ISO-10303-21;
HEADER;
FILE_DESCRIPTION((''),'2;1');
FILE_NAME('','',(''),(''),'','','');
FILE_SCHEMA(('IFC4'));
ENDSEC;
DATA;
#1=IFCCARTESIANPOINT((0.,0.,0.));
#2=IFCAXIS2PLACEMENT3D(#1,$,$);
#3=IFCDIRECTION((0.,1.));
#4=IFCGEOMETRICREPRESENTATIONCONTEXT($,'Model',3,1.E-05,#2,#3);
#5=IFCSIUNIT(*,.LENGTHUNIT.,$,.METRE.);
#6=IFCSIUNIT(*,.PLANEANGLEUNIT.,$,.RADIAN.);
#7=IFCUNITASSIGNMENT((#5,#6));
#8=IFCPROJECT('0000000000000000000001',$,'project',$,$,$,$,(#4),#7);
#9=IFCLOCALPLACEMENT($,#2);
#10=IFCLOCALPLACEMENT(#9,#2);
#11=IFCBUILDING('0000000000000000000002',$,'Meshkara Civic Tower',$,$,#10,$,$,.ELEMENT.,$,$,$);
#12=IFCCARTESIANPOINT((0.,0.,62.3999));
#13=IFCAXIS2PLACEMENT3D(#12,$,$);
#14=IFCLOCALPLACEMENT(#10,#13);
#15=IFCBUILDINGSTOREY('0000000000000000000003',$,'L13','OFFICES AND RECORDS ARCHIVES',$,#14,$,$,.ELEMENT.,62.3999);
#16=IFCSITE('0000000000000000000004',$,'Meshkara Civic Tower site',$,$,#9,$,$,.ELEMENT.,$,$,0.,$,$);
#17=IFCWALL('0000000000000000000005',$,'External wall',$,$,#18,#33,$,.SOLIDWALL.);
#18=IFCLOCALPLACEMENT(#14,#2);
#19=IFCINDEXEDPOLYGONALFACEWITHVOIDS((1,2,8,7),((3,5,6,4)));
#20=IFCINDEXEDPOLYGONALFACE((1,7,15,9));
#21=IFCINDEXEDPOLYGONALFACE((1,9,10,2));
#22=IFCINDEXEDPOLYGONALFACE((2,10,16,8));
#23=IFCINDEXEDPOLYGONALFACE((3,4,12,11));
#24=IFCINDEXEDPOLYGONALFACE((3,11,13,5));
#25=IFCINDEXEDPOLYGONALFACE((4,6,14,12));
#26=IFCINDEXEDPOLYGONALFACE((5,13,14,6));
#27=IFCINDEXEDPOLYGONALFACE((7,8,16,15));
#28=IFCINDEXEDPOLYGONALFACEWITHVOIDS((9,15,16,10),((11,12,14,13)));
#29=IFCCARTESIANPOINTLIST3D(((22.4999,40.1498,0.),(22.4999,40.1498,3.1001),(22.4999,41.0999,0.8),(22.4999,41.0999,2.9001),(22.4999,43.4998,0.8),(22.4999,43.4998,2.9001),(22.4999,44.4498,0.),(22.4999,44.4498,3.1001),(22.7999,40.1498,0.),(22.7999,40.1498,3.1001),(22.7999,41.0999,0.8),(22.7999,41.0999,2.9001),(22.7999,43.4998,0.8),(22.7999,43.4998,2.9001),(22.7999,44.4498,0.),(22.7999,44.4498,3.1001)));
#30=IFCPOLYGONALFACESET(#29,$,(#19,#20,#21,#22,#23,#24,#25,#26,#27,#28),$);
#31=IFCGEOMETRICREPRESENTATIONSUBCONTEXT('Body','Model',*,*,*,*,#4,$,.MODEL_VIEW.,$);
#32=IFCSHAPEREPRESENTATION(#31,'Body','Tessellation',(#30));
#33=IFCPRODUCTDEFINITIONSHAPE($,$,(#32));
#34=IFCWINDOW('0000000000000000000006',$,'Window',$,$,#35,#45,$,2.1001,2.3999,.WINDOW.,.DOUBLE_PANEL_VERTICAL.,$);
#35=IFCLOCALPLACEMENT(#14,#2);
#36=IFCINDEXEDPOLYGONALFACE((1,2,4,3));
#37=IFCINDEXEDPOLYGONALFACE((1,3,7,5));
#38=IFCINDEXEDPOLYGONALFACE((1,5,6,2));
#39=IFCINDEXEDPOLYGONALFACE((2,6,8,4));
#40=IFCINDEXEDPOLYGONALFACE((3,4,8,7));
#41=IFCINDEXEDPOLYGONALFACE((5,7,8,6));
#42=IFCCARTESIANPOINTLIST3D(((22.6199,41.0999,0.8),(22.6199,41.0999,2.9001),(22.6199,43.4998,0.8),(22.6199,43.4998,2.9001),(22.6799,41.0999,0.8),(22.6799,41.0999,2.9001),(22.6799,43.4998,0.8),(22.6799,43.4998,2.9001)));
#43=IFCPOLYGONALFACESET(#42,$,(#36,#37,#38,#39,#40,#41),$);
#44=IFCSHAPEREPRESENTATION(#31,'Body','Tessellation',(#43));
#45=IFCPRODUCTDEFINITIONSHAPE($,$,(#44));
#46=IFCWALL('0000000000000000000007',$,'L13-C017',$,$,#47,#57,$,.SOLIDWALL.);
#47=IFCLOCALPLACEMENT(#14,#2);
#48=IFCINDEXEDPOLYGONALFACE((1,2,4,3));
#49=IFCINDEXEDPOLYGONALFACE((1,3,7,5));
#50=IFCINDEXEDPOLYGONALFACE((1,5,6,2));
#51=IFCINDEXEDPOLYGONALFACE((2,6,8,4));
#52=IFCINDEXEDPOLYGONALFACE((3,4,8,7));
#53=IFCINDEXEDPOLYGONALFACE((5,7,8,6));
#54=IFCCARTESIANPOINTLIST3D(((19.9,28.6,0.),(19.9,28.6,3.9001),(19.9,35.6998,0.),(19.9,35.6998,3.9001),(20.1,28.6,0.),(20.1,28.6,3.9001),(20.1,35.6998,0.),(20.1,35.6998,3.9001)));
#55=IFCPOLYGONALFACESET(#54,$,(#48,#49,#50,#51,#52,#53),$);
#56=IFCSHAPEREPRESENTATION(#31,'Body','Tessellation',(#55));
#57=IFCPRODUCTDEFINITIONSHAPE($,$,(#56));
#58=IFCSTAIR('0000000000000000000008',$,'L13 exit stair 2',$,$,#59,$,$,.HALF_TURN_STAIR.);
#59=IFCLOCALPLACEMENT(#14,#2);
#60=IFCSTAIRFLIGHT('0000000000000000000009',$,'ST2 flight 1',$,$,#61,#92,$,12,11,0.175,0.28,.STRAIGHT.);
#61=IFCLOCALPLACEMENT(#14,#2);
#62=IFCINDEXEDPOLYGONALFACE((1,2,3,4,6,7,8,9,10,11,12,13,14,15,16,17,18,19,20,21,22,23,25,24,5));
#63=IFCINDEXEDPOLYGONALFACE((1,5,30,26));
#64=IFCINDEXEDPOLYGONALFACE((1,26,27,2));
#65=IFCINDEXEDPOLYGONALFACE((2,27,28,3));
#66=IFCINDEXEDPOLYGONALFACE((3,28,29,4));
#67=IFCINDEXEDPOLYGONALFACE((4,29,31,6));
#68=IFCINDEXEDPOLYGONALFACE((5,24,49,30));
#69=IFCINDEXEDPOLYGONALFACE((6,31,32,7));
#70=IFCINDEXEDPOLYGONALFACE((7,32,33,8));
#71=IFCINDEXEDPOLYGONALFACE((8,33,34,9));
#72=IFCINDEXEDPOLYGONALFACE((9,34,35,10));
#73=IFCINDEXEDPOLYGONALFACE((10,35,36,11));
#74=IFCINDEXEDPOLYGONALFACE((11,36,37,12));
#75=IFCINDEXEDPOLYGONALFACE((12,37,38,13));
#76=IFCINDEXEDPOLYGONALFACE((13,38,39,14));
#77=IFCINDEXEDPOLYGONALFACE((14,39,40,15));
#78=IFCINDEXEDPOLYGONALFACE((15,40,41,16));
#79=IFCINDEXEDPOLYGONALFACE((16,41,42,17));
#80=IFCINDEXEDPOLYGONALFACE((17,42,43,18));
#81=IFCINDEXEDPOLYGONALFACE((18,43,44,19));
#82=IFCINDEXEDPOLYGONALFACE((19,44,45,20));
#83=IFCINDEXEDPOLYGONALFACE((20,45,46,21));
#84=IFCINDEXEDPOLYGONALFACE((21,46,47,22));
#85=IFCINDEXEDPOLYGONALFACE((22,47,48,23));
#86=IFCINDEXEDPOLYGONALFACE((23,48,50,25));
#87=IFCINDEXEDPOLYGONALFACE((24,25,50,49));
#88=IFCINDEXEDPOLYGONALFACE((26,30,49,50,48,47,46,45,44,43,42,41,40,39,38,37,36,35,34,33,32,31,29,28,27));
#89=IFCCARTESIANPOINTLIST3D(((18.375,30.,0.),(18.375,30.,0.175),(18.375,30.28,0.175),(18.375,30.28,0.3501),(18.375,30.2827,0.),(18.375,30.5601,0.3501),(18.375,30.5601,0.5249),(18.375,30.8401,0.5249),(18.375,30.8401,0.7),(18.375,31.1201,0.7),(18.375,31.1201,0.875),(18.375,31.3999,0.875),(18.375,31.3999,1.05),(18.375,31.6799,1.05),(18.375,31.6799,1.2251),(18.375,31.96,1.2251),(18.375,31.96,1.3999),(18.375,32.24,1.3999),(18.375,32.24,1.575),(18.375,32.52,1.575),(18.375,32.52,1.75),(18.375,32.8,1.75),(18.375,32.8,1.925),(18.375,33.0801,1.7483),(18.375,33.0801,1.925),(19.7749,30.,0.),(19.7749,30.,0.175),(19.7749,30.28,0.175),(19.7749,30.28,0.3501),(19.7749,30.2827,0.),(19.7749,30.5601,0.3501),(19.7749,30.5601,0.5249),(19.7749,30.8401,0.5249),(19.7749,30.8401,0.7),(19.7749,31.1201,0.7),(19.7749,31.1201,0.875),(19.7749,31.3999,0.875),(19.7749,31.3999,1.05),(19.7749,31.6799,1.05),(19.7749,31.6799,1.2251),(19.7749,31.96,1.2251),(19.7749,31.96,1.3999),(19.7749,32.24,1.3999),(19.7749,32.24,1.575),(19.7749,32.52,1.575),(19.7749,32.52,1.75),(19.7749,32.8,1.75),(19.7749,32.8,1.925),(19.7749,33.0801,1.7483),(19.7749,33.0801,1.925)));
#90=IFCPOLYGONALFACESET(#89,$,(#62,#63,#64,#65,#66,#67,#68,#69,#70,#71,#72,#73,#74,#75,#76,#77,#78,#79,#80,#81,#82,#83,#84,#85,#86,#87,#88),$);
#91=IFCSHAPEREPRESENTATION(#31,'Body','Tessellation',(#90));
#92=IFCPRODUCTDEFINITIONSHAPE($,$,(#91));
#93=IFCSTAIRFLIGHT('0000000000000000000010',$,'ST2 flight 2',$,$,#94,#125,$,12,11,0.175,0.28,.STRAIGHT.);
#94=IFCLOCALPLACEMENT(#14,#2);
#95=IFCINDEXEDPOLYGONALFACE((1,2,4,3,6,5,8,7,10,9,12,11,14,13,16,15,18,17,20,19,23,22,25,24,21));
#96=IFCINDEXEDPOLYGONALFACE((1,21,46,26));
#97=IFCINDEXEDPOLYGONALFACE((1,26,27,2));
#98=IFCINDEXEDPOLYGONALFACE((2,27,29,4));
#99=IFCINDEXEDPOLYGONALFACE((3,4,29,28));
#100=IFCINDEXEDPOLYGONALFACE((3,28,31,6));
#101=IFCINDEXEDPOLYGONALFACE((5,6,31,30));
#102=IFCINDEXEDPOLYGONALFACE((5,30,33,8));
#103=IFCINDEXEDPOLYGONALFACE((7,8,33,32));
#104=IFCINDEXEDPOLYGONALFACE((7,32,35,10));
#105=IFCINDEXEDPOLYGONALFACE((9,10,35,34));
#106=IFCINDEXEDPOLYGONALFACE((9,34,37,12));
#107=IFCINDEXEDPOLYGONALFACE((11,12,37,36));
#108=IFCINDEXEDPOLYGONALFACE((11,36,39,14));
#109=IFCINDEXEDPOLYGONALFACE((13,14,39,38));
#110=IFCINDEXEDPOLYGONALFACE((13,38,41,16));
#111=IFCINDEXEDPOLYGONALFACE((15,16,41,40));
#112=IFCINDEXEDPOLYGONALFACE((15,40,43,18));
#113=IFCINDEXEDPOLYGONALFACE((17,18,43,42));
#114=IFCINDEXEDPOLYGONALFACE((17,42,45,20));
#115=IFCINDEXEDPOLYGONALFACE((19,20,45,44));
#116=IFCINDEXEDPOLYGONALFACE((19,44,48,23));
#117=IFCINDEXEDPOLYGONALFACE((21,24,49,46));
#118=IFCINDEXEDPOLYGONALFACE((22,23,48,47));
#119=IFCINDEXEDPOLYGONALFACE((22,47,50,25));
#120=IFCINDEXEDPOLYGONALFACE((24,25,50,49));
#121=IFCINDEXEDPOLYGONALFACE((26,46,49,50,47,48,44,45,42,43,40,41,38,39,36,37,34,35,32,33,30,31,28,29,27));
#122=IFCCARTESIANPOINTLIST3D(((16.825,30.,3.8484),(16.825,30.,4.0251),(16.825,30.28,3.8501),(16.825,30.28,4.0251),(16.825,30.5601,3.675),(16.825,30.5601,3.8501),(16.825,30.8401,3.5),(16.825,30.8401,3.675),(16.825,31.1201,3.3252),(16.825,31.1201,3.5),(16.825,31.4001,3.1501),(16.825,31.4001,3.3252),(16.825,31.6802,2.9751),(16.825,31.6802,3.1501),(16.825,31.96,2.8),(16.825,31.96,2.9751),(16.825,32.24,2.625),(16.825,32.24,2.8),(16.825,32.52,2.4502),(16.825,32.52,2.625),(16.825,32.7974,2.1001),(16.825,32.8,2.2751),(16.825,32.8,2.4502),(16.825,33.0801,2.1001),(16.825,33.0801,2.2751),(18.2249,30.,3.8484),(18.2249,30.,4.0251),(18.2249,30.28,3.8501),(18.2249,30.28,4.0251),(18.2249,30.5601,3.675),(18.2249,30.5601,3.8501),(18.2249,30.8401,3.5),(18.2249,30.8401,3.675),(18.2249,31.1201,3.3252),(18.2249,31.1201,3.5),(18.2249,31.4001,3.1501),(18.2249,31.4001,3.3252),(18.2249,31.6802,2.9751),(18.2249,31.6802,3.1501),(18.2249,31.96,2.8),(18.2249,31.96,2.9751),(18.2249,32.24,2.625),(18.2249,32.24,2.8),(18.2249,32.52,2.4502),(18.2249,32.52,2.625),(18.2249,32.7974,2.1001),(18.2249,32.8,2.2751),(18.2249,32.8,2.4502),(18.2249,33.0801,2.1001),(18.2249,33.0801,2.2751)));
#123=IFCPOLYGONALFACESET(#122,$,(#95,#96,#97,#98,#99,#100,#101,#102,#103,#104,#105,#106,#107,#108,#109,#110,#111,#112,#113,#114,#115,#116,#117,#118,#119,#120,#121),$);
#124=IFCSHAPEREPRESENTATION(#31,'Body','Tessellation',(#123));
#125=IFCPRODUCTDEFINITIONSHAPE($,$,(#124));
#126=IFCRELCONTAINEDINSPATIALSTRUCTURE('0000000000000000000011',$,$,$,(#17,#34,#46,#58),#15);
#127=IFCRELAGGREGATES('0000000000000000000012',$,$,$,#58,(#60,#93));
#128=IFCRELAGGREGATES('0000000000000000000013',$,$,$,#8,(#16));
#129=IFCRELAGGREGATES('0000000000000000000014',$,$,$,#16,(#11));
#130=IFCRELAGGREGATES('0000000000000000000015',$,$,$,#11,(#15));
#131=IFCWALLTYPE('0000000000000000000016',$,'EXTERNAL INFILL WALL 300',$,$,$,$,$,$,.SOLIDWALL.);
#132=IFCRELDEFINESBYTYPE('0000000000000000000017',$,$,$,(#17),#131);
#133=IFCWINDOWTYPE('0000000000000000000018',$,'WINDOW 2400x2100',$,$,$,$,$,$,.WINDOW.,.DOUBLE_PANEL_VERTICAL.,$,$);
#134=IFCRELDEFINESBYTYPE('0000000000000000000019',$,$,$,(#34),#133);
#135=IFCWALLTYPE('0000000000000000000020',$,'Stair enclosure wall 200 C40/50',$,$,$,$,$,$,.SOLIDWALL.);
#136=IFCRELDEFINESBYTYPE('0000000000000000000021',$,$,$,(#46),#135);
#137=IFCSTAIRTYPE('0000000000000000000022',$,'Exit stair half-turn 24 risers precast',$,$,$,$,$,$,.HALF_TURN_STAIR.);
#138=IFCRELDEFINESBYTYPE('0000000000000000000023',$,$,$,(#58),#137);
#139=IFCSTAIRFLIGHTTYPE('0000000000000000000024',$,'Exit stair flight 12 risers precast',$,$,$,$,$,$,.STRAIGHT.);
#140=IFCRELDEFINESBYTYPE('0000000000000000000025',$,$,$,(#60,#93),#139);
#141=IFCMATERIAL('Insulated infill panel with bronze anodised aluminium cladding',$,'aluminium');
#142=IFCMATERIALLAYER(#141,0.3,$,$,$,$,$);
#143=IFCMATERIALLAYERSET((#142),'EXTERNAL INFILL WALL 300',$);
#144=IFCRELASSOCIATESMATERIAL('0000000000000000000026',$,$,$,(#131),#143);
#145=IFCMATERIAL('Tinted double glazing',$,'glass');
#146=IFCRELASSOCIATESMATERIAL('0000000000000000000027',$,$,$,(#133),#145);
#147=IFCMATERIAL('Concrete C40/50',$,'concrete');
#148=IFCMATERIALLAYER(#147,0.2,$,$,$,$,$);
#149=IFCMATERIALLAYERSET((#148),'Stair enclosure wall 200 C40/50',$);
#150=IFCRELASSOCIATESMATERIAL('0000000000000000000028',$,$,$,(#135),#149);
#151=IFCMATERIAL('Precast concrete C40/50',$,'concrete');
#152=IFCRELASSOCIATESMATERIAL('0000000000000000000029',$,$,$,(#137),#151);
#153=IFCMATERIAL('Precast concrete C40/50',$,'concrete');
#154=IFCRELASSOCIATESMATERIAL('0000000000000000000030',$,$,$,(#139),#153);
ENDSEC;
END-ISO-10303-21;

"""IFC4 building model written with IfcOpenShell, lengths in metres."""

from ifc_helpers import new_model, si_unit, direction, frame, frame_2d, origin, place, context, subcontext, project, spatial, polyline, rectangle, outline, extrude, material, layer, layer_set, type_object, element, fill, aggregate, save


model = new_model("IFC4")

# Units and contexts
model_context = context("Model", 3, precision=1e-05, world=origin(), true_north=direction((0.0, 1.0)))
body_context = subcontext(model_context, "Body", "Model", "MODEL_VIEW")
ifc_project = project(units=[si_unit("LENGTHUNIT", "METRE"), si_unit("PLANEANGLEUNIT", "RADIAN")], contexts=[model_context])

# Site, building, storey
site_placement = place(None, origin())
site = spatial("IfcSite", under=ifc_project, at=site_placement, Name="Meshkara Civic Tower site", CompositionType="ELEMENT", RefElevation=0.0)
building_placement = place(site_placement, origin())
building = spatial("IfcBuilding", under=site, at=building_placement, Name="Meshkara Civic Tower", CompositionType="ELEMENT")
storey_placement = place(building_placement, frame((0.0, 0.0, 62.3999)))
storey = spatial("IfcBuildingStorey", under=building, at=storey_placement, Name="L13", Description="OFFICES AND RECORDS ARCHIVES", CompositionType="ELEMENT", Elevation=62.3999)

# Wall, opening, window
ifc_material_1 = material(Name="Insulated infill panel with bronze anodised aluminium cladding", Category="aluminium")
ifc_layer_1 = layer(ifc_material_1, 0.3)
ifc_layer_set_1 = layer_set([ifc_layer_1], Name="EXTERNAL INFILL WALL 300")
wall_type_1 = type_object("IfcWallType", Name="EXTERNAL INFILL WALL 300", PredefinedType="SOLIDWALL", material=ifc_layer_set_1)
ifc_material_2 = material(Name="Tinted double glazing", Category="glass")
window_type_1 = type_object("IfcWindowType", Name="WINDOW 2400x2100", PartitioningType="DOUBLE_PANEL_VERTICAL", PredefinedType="WINDOW", material=ifc_material_2)
wall_1_placement = place(storey_placement, frame((22.6499, 40.1499, 0.0), z_axis=(0.0, 0.0, 1.0), x_axis=(0.0, 1.0, 0.0)))
wall_1 = element("IfcWall", 1, at=wall_1_placement, inside=storey, type_object=wall_type_1, Name="External wall", PredefinedType="SOLIDWALL", context=body_context, shape_type="SweptSolid", body=[
    extrude(rectangle(XDim=4.3, YDim=0.3, at=frame_2d((2.1499, 0.0))), origin(), (0.0, 0.0, 1.0), 3.1001),
])
opening_1_placement = place(wall_1_placement, frame((0.95, 0.0, 0.8)))
opening_1 = element("IfcOpeningElement", 2, at=opening_1_placement, cuts=wall_1, PredefinedType="OPENING", context=body_context, shape_type="SweptSolid", body=[
    extrude(rectangle(XDim=2.3999, YDim=2.1001, at=frame_2d((1.2, 1.05))), frame((0.0, 0.1599, 0.0), z_axis=(0.0, -1.0, 0.0), x_axis=(1.0, 0.0, 0.0)), (0.0, 0.0, 1.0), 0.3201),
])
window_1_placement = place(opening_1_placement, origin())
window_1 = element("IfcWindow", 3, at=window_1_placement, inside=storey, type_object=window_type_1, Name="Window", OverallHeight=2.1001, OverallWidth=2.3999, PartitioningType="DOUBLE_PANEL_VERTICAL", PredefinedType="WINDOW", context=body_context, shape_type="SweptSolid", body=[
    extrude(rectangle(XDim=2.3999, YDim=2.1001, at=frame_2d((1.2, 1.05))), frame((0.0, 0.03, 0.0), z_axis=(0.0, -1.0, 0.0), x_axis=(1.0, 0.0, 0.0)), (0.0, 0.0, 1.0), 0.0601),
])
fill(opening_1, window_1)

# Wall
ifc_material_3 = material(Name="Concrete C40/50", Category="concrete")
ifc_layer_2 = layer(ifc_material_3, 0.2)
ifc_layer_set_2 = layer_set([ifc_layer_2], Name="Stair enclosure wall 200 C40/50")
wall_type_2 = type_object("IfcWallType", Name="Stair enclosure wall 200 C40/50", PredefinedType="SOLIDWALL", material=ifc_layer_set_2)
wall_2_placement = place(storey_placement, frame((20.0, 28.6001, 0.0), z_axis=(0.0, 0.0, 1.0), x_axis=(0.0, 1.0, 0.0)))
element("IfcWall", 4, at=wall_2_placement, inside=storey, type_object=wall_type_2, Name="L13-C017", PredefinedType="SOLIDWALL", context=body_context, shape_type="SweptSolid", body=[
    extrude(rectangle(XDim=7.0999, YDim=0.2, at=frame_2d((3.5498, 0.0))), origin(), (0.0, 0.0, 1.0), 3.9001),
])

# Stair, stair flights
ifc_material_4 = material(Name="Precast concrete C40/50", Category="concrete")
stair_type = type_object("IfcStairType", Name="Exit stair half-turn 24 risers precast", PredefinedType="HALF_TURN_STAIR", material=ifc_material_4)
stair_placement = place(storey_placement, origin())
stair = element("IfcStair", 5, at=stair_placement, inside=storey, type_object=stair_type, Name="L13 exit stair 2", PredefinedType="HALF_TURN_STAIR")
ifc_material_5 = material(Name="Precast concrete C40/50", Category="concrete")
stair_flight_type = type_object("IfcStairFlightType", Name="Exit stair flight 12 risers precast", PredefinedType="STRAIGHT", material=ifc_material_5)
stair_flight_1_placement = place(storey_placement, frame((19.075, 30.0, 0.0), z_axis=(0.0, 0.0, 1.0), x_axis=(0.0, 1.0, 0.0)))
stair_flight_1 = element("IfcStairFlight", 6, at=stair_flight_1_placement, type_object=stair_flight_type, Name="ST2 flight 1", NumberOfRisers=12, NumberOfTreads=11, PredefinedType="STRAIGHT", RiserHeight=0.175, TreadLength=0.28, context=body_context, shape_type="SweptSolid", body=[
    extrude(outline(polyline([(0.0, 0.0), (0.0, 0.175), (0.28, 0.175), (0.28, 0.3501), (0.5601, 0.3501), (0.5601, 0.5249), (0.8401, 0.5249), (0.8401, 0.7), (1.1201, 0.7), (1.1201, 0.875), (1.3999, 0.875), (1.3999, 1.05), (1.6799, 1.05), (1.6799, 1.2251), (1.96, 1.2251), (1.96, 1.3999), (2.24, 1.3999), (2.24, 1.575), (2.52, 1.575), (2.52, 1.75), (2.8, 1.75), (2.8, 1.925), (3.0801, 1.925), (3.0801, 2.1001), (3.0801, 1.7483), (0.2827, 0.0), (0.0, 0.0)])), frame((0.0, 0.7, 0.0), z_axis=(0.0, -1.0, 0.0), x_axis=(1.0, 0.0, 0.0)), (0.0, 0.0, 1.0), 1.3999),
])
stair_flight_2_placement = place(storey_placement, frame((17.5249, 33.0801, 2.1001), z_axis=(0.0, 0.0, 1.0), x_axis=(0.0, -1.0, 0.0)))
stair_flight_2 = element("IfcStairFlight", 7, at=stair_flight_2_placement, type_object=stair_flight_type, Name="ST2 flight 2", NumberOfRisers=12, NumberOfTreads=11, PredefinedType="STRAIGHT", RiserHeight=0.175, TreadLength=0.28, context=body_context, shape_type="SweptSolid", body=[
    extrude(outline(polyline([(0.0, 0.0), (0.0, 0.175), (0.28, 0.175), (0.28, 0.3501), (0.5601, 0.3501), (0.5601, 0.5249), (0.8401, 0.5249), (0.8401, 0.7), (1.1201, 0.7), (1.1201, 0.875), (1.3999, 0.875), (1.3999, 1.05), (1.6799, 1.05), (1.6799, 1.2251), (1.96, 1.2251), (1.96, 1.3999), (2.24, 1.3999), (2.24, 1.575), (2.52, 1.575), (2.52, 1.75), (2.8, 1.75), (2.8, 1.925), (3.0801, 1.925), (3.0801, 2.1001), (3.0801, 1.7483), (0.2827, 0.0), (0.0, 0.0)])), frame((0.0, 0.7, 0.0), z_axis=(0.0, -1.0, 0.0), x_axis=(1.0, 0.0, 0.0)), (0.0, 0.0, 1.0), 1.3999),
])
aggregate(stair, [stair_flight_1, stair_flight_2])

save(model, "model.ifc")
